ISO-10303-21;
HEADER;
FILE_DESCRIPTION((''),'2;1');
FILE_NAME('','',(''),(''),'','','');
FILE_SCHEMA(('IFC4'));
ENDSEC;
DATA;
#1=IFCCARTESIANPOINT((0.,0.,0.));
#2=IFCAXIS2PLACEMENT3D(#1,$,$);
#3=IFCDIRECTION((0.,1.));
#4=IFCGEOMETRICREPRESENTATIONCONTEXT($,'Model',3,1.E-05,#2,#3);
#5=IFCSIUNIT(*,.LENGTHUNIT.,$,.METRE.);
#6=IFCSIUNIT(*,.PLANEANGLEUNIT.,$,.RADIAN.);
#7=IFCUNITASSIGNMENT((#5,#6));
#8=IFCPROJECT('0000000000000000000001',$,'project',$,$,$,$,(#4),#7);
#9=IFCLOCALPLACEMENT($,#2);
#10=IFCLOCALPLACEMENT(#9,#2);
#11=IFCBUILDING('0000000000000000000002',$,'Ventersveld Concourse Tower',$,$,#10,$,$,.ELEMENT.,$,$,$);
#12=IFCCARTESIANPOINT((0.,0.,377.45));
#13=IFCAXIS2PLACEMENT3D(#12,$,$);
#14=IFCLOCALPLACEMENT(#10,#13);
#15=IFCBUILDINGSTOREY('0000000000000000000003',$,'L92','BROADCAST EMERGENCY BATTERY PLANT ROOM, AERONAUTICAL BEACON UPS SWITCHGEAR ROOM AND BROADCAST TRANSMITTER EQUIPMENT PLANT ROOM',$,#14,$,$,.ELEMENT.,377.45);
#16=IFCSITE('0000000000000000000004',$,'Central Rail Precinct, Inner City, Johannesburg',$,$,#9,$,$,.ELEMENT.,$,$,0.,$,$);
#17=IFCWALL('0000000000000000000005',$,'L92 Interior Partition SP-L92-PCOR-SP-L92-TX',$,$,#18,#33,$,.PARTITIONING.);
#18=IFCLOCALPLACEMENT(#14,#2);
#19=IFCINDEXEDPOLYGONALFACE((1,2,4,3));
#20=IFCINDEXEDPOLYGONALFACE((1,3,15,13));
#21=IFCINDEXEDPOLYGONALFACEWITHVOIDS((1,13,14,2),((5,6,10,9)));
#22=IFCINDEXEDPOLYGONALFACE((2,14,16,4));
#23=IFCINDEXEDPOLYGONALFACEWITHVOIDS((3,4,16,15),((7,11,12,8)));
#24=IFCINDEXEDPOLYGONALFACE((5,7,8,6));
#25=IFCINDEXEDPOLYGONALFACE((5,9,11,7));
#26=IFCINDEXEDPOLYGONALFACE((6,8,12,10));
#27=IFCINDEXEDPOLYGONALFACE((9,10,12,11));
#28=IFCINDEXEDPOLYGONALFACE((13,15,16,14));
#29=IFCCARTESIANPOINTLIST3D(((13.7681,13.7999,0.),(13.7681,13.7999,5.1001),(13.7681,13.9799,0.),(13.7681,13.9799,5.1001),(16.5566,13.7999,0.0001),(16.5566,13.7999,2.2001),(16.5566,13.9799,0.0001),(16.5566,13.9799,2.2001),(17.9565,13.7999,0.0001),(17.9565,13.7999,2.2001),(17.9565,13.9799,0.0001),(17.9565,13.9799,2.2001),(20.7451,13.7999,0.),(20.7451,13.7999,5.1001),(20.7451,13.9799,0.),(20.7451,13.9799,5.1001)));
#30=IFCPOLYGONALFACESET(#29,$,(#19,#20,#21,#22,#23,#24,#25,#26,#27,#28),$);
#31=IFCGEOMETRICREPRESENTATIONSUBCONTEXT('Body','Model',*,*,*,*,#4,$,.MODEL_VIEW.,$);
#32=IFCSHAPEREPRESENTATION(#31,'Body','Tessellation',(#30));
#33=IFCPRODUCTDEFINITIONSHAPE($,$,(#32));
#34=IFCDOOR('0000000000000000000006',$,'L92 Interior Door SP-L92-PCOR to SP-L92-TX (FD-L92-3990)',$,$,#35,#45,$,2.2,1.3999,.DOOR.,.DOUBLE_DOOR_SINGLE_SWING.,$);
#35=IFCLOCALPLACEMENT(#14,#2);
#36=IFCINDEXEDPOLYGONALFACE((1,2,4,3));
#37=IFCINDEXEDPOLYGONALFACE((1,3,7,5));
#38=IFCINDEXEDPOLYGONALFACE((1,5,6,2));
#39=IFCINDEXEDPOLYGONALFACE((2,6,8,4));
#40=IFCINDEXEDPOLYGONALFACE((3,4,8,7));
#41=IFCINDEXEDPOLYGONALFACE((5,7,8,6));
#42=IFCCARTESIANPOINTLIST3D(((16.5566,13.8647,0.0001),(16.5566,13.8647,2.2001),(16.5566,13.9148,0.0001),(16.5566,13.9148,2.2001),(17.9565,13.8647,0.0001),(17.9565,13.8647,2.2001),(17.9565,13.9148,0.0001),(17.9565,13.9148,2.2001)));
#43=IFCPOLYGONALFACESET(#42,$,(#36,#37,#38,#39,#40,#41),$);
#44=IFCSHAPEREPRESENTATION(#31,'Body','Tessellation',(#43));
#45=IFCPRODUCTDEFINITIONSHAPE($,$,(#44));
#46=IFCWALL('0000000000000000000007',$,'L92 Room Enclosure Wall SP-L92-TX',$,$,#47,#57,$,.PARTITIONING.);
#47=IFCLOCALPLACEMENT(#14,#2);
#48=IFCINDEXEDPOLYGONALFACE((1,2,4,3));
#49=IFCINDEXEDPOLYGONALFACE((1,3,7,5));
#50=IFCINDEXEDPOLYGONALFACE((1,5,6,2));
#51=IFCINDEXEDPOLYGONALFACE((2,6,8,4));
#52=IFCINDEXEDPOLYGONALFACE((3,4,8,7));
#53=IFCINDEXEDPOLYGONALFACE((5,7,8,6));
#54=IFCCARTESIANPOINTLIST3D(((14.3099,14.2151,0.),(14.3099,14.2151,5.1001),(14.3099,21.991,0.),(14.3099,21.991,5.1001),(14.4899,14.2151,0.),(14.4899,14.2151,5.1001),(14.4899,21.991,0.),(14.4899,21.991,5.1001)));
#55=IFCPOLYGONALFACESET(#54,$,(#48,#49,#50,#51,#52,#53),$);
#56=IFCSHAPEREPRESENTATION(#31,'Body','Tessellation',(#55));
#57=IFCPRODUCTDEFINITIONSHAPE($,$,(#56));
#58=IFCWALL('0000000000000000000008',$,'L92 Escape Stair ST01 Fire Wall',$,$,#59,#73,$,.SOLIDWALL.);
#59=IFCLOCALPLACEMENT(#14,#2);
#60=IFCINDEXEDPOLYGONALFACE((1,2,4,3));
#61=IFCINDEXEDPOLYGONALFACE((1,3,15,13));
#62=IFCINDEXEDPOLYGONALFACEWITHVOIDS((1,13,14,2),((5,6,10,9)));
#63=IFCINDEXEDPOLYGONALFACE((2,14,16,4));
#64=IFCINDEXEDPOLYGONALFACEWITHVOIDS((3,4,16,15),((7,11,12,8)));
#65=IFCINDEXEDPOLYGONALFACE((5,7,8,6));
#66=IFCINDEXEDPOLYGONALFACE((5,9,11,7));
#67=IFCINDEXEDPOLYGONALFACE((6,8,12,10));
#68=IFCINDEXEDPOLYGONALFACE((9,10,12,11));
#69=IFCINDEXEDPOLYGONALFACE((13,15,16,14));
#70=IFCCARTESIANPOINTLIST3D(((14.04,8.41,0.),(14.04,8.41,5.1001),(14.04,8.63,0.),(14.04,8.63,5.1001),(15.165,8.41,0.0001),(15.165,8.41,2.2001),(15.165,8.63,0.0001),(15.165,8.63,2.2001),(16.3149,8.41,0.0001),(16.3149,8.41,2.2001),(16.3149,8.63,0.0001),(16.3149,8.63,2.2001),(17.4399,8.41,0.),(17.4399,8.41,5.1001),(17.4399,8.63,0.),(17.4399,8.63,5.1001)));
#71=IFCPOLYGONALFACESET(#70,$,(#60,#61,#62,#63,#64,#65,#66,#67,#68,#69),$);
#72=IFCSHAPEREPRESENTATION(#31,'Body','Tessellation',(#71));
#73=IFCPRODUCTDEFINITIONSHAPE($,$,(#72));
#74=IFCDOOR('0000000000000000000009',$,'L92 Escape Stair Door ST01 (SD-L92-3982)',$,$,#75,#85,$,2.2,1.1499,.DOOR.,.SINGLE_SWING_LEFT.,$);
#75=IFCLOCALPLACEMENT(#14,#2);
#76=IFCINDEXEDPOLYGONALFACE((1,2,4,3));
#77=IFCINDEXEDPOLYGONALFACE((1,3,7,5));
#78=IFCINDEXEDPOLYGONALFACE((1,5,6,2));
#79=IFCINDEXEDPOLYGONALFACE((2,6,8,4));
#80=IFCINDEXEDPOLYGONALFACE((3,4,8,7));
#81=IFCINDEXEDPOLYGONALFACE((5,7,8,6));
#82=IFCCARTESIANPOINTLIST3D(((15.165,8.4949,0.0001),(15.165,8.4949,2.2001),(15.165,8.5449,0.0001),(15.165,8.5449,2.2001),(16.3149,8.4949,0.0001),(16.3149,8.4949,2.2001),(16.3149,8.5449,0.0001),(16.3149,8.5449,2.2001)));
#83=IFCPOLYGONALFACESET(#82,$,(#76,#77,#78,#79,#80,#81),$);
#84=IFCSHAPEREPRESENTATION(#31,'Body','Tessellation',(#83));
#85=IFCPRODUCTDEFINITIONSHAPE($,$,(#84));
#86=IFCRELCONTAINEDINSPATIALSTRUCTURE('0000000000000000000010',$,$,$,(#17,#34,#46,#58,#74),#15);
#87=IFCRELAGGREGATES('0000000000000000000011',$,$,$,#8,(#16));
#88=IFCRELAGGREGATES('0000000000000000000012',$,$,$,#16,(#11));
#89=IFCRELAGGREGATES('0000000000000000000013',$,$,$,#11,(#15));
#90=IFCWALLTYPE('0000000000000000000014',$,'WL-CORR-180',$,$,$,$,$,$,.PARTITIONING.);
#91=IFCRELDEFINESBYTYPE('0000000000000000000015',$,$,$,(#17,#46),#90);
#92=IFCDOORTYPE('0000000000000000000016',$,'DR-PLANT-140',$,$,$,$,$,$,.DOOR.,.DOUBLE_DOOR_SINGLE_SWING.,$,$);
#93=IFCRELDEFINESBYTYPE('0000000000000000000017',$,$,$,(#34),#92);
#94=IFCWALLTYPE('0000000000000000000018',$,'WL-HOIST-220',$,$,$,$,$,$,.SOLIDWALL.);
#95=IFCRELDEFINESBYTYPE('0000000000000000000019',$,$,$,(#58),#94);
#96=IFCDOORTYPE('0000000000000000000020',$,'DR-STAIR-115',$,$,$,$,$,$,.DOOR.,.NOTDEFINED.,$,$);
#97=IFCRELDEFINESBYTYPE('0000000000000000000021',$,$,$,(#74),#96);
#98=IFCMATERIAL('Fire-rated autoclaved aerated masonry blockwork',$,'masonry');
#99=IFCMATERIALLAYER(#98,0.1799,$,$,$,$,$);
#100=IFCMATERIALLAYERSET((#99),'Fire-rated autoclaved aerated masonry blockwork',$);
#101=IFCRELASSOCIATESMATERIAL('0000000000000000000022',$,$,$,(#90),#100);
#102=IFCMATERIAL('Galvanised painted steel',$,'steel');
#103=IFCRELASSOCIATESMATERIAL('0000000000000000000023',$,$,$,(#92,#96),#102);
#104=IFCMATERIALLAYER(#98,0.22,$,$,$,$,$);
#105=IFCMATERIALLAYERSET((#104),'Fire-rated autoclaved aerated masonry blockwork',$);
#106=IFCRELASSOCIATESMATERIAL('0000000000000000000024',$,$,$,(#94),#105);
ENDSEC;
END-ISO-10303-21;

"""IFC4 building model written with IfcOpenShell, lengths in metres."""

from ifc_helpers import new_model, si_unit, direction, frame, frame_2d, origin, place, context, subcontext, project, spatial, rectangle, extrude, material, layer, layer_set, type_object, element, fill, save


model = new_model("IFC4")

# Units and contexts
model_context = context("Model", 3, precision=1e-05, world=origin(), true_north=direction((0.0, 1.0)))
body_context = subcontext(model_context, "Body", "Model", "MODEL_VIEW")
ifc_project = project(units=[si_unit("LENGTHUNIT", "METRE"), si_unit("PLANEANGLEUNIT", "RADIAN")], contexts=[model_context])

# Site, building, storey
site_placement = place(None, origin())
site = spatial("IfcSite", under=ifc_project, at=site_placement, Name="Central Rail Precinct, Inner City, Johannesburg", CompositionType="ELEMENT", RefElevation=0.0)
building_placement = place(site_placement, origin())
building = spatial("IfcBuilding", under=site, at=building_placement, Name="Ventersveld Concourse Tower", CompositionType="ELEMENT")
storey_placement = place(building_placement, frame((0.0, 0.0, 377.45)))
storey = spatial("IfcBuildingStorey", under=building, at=storey_placement, Name="L92", Description="BROADCAST EMERGENCY BATTERY PLANT ROOM, AERONAUTICAL BEACON UPS SWITCHGEAR ROOM AND BROADCAST TRANSMITTER EQUIPMENT PLANT ROOM", CompositionType="ELEMENT", Elevation=377.45)

# Wall, opening, door
ifc_material_1 = material(Name="Fire-rated autoclaved aerated masonry blockwork", Category="masonry")
ifc_layer_1 = layer(ifc_material_1, 0.1799)
ifc_layer_set_1 = layer_set([ifc_layer_1], Name="Fire-rated autoclaved aerated masonry blockwork")
wall_type_1 = type_object("IfcWallType", Name="WL-CORR-180", PredefinedType="PARTITIONING", material=ifc_layer_set_1)
wall_1_placement = place(storey_placement, frame((13.7681, 13.8899, 0.0), z_axis=(0.0, 0.0, 1.0), x_axis=(1.0, 0.0, 0.0)))
wall_1 = element("IfcWall", 1, at=wall_1_placement, inside=storey, type_object=wall_type_1, Name="L92 Interior Partition SP-L92-PCOR-SP-L92-TX", PredefinedType="PARTITIONING", context=body_context, shape_type="SweptSolid", body=[
    extrude(rectangle(XDim=6.9771, YDim=0.1799, at=frame_2d((3.4885, 0.0))), origin(), (0.0, 0.0, 1.0), 5.1001),
])
opening_1_placement = place(wall_1_placement, frame((2.7886, 0.0, 0.0)))
opening_1 = element("IfcOpeningElement", 2, at=opening_1_placement, cuts=wall_1, PredefinedType="OPENING", context=body_context, shape_type="SweptSolid", body=[
    extrude(rectangle(XDim=1.3999, YDim=2.2, at=frame_2d((0.7, 1.1001))), frame((0.0, 0.1001, 0.0), z_axis=(0.0, -1.0, 0.0), x_axis=(1.0, 0.0, 0.0)), (0.0, 0.0, 1.0), 0.2),
])
ifc_material_2 = material(Name="Galvanised painted steel", Category="steel")
door_type_1 = type_object("IfcDoorType", Name="DR-PLANT-140", OperationType="DOUBLE_DOOR_SINGLE_SWING", PredefinedType="DOOR", material=ifc_material_2)
door_1_placement = place(opening_1_placement, origin())
door_1 = element("IfcDoor", 3, at=door_1_placement, inside=storey, type_object=door_type_1, Name="L92 Interior Door SP-L92-PCOR to SP-L92-TX (FD-L92-3990)", OperationType="DOUBLE_DOOR_SINGLE_SWING", OverallHeight=2.2, OverallWidth=1.3999, PredefinedType="DOOR", context=body_context, shape_type="SweptSolid", body=[
    extrude(rectangle(XDim=1.3999, YDim=2.2, at=frame_2d((0.7, 1.1001))), frame((0.0, 0.0249, 0.0), z_axis=(0.0, -1.0, 0.0), x_axis=(1.0, 0.0, 0.0)), (0.0, 0.0, 1.0), 0.05),
])
fill(opening_1, door_1)

# Wall
wall_2_placement = place(storey_placement, frame((14.3999, 21.991, 0.0), z_axis=(0.0, 0.0, 1.0), x_axis=(0.0, -1.0, 0.0)))
element("IfcWall", 4, at=wall_2_placement, inside=storey, type_object=wall_type_1, Name="L92 Room Enclosure Wall SP-L92-TX", PredefinedType="PARTITIONING", context=body_context, shape_type="SweptSolid", body=[
    extrude(rectangle(XDim=7.7759, YDim=0.1799, at=frame_2d((3.8879, 0.0))), origin(), (0.0, 0.0, 1.0), 5.1001),
])

# Wall, opening, door
ifc_layer_2 = layer(ifc_material_1, 0.22)
ifc_layer_set_2 = layer_set([ifc_layer_2], Name="Fire-rated autoclaved aerated masonry blockwork")
wall_type_2 = type_object("IfcWallType", Name="WL-HOIST-220", PredefinedType="SOLIDWALL", material=ifc_layer_set_2)
wall_3_placement = place(storey_placement, frame((14.04, 8.52, 0.0), z_axis=(0.0, 0.0, 1.0), x_axis=(1.0, 0.0, 0.0)))
wall_3 = element("IfcWall", 5, at=wall_3_placement, inside=storey, type_object=wall_type_2, Name="L92 Escape Stair ST01 Fire Wall", PredefinedType="SOLIDWALL", context=body_context, shape_type="SweptSolid", body=[
    extrude(rectangle(XDim=3.3999, YDim=0.22, at=frame_2d((1.7, 0.0))), origin(), (0.0, 0.0, 1.0), 5.1001),
])
opening_2_placement = place(wall_3_placement, frame((1.125, 0.0, 0.0)))
opening_2 = element("IfcOpeningElement", 6, at=opening_2_placement, cuts=wall_3, PredefinedType="OPENING", context=body_context, shape_type="SweptSolid", body=[
    extrude(rectangle(XDim=1.1499, YDim=2.2, at=frame_2d((0.575, 1.1001))), frame((0.0, 0.1201, 0.0), z_axis=(0.0, -1.0, 0.0), x_axis=(1.0, 0.0, 0.0)), (0.0, 0.0, 1.0), 0.24),
])
door_type_2 = type_object("IfcDoorType", Name="DR-STAIR-115", OperationType="NOTDEFINED", PredefinedType="DOOR", material=ifc_material_2)
door_2_placement = place(opening_2_placement, origin())
door_2 = element("IfcDoor", 7, at=door_2_placement, inside=storey, type_object=door_type_2, Name="L92 Escape Stair Door ST01 (SD-L92-3982)", OperationType="SINGLE_SWING_LEFT", OverallHeight=2.2, OverallWidth=1.1499, PredefinedType="DOOR", context=body_context, shape_type="SweptSolid", body=[
    extrude(rectangle(XDim=1.1499, YDim=2.2, at=frame_2d((0.575, 1.1001))), frame((0.0, 0.0249, 0.0), z_axis=(0.0, -1.0, 0.0), x_axis=(1.0, 0.0, 0.0)), (0.0, 0.0, 1.0), 0.05),
])
fill(opening_2, door_2)

save(model, "model.ifc")
